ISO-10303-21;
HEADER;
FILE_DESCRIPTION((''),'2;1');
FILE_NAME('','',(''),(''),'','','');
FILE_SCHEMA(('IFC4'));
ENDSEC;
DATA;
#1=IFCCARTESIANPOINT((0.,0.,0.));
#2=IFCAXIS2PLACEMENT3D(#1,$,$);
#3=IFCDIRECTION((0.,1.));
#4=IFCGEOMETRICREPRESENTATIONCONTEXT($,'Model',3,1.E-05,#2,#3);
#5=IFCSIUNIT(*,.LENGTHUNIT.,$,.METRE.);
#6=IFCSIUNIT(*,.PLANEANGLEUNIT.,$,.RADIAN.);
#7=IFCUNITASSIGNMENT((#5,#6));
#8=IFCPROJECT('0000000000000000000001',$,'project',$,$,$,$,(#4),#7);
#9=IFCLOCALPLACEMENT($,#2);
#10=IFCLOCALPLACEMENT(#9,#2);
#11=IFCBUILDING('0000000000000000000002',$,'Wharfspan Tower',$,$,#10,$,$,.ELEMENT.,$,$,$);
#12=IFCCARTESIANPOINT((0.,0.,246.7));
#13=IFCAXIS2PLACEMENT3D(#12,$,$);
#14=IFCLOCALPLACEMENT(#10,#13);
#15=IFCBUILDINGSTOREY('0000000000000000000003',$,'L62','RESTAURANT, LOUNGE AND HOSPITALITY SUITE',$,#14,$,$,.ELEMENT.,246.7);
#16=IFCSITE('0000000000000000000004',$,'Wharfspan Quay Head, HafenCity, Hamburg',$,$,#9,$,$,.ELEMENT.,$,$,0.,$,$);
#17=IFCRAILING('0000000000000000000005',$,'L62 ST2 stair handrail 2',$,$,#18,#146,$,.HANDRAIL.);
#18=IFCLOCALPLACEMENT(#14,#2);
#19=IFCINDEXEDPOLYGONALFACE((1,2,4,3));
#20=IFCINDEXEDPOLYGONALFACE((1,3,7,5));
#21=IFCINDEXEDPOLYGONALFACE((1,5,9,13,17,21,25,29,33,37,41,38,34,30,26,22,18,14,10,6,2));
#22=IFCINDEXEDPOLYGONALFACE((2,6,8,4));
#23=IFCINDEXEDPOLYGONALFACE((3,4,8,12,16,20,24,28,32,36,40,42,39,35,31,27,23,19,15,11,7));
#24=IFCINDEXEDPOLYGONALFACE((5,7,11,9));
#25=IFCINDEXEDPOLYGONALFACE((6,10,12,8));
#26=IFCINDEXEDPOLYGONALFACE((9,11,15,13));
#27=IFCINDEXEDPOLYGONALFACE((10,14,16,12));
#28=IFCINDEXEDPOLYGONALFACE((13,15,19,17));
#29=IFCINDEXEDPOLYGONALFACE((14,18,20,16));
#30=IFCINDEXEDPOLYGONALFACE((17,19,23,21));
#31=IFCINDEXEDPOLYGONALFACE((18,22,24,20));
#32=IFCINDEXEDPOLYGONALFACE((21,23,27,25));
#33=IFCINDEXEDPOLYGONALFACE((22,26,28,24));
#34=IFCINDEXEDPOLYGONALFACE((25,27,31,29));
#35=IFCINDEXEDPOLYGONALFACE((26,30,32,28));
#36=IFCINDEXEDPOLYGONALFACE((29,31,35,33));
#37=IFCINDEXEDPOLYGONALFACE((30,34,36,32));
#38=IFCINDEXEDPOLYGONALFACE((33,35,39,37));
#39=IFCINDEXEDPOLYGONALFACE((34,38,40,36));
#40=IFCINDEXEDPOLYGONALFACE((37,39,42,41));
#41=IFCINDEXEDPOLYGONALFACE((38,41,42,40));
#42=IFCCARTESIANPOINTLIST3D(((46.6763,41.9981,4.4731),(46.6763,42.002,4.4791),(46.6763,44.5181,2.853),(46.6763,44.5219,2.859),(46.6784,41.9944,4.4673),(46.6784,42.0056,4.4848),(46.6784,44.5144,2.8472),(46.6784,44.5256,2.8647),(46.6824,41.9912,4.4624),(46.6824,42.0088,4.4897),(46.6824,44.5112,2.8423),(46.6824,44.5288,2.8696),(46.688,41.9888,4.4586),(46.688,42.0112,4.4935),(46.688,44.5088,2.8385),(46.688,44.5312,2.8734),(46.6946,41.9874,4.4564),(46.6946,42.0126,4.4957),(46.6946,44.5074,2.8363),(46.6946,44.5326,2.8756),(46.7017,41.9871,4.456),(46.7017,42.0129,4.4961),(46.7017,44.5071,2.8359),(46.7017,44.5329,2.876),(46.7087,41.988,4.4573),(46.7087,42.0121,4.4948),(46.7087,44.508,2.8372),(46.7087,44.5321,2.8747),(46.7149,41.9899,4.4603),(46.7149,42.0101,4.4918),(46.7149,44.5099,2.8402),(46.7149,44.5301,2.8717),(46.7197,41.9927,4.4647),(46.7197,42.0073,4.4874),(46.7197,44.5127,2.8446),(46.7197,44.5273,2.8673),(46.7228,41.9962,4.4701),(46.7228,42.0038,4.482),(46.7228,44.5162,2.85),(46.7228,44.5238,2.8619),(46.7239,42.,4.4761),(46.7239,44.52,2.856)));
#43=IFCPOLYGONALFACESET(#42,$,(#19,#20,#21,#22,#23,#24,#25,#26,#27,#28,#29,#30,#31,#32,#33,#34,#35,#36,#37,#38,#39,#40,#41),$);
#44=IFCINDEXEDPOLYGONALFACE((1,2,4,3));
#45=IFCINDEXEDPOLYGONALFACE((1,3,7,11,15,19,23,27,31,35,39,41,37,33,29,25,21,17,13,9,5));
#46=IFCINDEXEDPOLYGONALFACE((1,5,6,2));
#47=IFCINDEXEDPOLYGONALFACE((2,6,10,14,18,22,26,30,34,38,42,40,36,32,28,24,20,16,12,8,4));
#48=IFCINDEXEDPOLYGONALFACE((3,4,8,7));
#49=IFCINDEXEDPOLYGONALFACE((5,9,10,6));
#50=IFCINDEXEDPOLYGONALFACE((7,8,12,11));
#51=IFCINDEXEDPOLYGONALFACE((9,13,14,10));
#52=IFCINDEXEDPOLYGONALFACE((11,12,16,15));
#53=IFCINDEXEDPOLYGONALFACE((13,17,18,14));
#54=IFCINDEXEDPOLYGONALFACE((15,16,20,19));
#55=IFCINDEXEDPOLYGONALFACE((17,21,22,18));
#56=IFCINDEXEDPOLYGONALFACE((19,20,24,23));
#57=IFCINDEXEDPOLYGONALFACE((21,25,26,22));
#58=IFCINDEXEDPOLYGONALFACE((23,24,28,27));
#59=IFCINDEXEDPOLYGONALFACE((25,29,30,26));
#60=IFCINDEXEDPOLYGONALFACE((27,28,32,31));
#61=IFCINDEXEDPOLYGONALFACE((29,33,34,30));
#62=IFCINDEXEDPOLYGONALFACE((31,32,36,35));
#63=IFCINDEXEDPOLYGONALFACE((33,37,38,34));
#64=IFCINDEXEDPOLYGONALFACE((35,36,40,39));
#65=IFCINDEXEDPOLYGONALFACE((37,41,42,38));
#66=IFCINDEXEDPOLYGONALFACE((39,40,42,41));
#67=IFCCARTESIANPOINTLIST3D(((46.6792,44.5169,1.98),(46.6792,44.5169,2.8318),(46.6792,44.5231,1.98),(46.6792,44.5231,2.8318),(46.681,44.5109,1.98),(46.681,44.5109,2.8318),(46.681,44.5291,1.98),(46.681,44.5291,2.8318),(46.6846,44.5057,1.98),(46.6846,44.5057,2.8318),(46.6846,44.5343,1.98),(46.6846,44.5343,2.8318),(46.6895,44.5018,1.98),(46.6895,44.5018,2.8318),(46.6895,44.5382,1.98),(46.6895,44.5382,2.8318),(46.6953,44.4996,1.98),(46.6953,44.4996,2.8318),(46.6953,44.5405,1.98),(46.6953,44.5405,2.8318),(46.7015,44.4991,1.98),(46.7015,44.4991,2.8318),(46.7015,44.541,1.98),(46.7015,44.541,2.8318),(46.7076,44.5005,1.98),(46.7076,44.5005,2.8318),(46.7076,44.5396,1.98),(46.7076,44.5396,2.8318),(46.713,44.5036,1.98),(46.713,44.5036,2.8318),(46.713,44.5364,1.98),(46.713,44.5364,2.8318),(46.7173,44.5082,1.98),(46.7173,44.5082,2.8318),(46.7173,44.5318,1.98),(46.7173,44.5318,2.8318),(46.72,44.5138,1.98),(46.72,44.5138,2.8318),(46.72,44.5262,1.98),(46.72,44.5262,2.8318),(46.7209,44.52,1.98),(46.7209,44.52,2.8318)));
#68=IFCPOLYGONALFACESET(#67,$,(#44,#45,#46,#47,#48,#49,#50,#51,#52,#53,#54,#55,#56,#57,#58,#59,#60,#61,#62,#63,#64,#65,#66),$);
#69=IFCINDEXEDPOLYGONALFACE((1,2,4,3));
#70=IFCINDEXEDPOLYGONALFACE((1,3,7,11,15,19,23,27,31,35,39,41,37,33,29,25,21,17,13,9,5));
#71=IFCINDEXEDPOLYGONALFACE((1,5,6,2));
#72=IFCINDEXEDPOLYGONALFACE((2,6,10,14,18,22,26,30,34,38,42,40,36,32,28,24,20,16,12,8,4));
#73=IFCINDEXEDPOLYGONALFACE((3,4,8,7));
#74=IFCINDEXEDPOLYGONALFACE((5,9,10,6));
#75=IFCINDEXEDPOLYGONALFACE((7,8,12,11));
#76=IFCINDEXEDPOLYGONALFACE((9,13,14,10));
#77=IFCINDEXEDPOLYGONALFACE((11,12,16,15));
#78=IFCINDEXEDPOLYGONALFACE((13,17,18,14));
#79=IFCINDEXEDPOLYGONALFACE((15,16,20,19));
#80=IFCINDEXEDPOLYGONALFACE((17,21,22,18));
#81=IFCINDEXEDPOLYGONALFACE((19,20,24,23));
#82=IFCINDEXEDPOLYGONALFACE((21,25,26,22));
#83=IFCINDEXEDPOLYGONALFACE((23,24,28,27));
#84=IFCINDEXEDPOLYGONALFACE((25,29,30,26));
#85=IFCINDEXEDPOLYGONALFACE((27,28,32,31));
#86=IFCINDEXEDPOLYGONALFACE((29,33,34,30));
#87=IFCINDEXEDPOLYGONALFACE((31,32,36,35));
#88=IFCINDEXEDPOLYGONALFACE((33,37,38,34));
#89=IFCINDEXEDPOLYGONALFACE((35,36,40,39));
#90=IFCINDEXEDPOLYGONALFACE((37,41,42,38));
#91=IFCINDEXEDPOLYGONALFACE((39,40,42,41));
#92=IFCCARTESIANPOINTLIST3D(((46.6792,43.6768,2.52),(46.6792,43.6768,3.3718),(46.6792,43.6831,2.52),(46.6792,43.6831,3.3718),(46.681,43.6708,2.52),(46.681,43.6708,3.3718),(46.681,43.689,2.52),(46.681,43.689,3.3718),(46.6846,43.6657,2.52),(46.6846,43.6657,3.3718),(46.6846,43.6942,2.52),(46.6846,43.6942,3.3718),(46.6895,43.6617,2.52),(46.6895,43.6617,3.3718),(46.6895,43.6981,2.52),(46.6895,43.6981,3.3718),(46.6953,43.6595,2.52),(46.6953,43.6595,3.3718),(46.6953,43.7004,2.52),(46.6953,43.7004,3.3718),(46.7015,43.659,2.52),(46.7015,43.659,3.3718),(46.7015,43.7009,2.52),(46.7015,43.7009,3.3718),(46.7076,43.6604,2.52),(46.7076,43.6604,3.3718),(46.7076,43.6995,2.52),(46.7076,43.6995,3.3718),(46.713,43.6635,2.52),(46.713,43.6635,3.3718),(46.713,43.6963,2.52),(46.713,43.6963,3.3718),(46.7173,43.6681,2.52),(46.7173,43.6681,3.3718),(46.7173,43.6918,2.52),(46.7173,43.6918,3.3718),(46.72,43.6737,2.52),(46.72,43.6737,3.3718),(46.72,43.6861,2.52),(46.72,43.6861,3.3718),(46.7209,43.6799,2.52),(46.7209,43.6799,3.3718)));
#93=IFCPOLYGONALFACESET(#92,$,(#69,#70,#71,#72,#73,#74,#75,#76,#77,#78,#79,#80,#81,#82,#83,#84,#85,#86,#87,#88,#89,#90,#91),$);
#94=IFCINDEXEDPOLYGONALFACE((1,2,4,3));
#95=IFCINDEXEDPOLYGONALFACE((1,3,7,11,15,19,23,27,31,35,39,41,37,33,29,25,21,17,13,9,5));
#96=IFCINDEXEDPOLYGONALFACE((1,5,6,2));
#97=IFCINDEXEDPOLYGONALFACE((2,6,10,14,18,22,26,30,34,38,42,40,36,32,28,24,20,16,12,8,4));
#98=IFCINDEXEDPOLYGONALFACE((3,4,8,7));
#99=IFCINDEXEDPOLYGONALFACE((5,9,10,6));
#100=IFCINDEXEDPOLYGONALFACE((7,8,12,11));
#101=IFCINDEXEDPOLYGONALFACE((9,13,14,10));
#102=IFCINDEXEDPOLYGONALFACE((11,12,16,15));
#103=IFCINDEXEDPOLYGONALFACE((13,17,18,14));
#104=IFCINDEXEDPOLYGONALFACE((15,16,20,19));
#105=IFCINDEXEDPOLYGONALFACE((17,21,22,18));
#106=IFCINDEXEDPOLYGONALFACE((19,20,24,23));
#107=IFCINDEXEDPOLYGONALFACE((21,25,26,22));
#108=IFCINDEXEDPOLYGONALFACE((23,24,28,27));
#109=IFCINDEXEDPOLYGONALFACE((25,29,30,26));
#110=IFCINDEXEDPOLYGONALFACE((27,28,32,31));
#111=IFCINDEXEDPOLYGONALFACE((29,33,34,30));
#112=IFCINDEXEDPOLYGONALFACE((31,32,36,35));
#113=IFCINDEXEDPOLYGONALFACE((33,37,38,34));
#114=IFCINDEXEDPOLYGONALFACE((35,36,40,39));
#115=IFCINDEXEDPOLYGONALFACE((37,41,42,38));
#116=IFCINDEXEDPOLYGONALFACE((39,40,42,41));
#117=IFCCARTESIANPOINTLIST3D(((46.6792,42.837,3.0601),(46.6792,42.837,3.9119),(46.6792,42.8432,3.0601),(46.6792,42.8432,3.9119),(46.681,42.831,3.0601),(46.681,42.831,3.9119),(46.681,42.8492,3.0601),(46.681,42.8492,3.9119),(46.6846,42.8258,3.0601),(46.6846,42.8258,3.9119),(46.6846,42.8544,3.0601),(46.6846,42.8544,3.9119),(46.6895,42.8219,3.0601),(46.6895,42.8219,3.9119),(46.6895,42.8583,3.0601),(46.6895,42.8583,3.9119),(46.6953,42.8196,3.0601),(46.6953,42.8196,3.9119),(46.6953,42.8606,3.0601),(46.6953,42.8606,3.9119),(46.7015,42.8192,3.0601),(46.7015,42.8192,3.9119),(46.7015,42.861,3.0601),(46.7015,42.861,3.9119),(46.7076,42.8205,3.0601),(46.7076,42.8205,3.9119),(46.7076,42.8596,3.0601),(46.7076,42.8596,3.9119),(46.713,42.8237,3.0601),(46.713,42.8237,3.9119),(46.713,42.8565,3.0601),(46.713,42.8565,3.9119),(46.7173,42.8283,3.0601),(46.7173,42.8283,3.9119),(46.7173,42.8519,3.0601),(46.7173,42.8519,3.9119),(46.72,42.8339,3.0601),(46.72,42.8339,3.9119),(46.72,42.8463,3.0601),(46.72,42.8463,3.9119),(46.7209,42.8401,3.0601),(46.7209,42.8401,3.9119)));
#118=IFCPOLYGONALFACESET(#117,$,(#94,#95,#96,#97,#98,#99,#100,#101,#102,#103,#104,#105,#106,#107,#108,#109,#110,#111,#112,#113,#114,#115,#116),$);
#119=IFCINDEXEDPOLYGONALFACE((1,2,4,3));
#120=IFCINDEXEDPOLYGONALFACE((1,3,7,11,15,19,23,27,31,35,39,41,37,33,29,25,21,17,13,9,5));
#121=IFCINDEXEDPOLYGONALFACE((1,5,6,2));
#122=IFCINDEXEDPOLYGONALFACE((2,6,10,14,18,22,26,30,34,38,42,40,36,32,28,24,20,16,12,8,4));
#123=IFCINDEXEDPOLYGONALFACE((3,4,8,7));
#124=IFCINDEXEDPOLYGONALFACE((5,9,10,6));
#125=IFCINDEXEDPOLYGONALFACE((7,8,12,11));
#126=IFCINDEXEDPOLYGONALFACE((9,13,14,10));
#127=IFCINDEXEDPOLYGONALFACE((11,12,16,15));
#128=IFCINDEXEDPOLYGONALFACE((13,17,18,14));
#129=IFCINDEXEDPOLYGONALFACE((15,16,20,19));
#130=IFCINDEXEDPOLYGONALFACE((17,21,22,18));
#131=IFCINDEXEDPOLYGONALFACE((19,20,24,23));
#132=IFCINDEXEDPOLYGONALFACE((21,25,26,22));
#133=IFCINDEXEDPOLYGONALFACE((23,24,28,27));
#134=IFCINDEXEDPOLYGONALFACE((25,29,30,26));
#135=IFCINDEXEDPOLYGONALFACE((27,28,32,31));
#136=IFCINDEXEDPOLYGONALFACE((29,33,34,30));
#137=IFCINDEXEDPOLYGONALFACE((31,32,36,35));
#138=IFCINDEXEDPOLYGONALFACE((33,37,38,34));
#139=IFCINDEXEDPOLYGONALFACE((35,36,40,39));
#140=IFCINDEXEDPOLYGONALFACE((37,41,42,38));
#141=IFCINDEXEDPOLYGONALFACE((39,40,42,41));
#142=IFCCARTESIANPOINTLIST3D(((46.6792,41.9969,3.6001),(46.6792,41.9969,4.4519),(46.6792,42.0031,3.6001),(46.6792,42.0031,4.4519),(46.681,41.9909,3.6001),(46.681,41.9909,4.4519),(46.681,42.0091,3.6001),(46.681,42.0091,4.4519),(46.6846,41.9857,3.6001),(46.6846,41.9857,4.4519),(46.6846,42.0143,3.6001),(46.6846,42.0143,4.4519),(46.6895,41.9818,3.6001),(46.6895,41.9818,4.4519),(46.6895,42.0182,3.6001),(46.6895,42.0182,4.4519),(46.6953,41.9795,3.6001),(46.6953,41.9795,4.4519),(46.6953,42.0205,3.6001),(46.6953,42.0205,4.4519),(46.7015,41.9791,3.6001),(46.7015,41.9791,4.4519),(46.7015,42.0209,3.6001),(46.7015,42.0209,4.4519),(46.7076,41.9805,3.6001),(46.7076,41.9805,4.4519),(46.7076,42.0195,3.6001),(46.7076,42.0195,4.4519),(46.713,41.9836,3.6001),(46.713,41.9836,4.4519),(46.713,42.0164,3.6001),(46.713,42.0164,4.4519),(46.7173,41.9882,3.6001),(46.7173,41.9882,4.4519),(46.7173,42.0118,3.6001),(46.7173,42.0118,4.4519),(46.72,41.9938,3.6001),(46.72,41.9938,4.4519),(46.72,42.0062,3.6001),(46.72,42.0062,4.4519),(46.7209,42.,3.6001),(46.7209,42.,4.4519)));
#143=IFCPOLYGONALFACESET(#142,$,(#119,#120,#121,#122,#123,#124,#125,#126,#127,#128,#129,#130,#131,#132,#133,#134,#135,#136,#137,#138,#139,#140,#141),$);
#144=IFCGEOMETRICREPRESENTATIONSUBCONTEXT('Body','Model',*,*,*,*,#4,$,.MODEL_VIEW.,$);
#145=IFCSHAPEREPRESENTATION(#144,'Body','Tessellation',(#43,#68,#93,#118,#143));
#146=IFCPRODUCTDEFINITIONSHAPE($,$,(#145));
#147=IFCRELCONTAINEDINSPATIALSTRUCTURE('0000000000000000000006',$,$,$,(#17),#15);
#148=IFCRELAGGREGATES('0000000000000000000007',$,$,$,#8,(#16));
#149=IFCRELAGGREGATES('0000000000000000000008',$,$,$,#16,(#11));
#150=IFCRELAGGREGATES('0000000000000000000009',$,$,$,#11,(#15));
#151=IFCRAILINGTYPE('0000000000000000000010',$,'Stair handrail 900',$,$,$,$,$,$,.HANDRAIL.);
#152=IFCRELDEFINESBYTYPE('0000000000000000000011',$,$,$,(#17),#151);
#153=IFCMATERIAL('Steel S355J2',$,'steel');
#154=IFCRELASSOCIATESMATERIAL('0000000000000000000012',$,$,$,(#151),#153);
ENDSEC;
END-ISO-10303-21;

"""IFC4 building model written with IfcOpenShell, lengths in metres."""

from ifc_helpers import new_model, si_unit, direction, frame, origin, origin_2d, place, context, subcontext, project, spatial, circle, extrude, material, type_object, element, save


model = new_model("IFC4")

# Units and contexts
model_context = context("Model", 3, precision=1e-05, world=origin(), true_north=direction((0.0, 1.0)))
body_context = subcontext(model_context, "Body", "Model", "MODEL_VIEW")
ifc_project = project(units=[si_unit("LENGTHUNIT", "METRE"), si_unit("PLANEANGLEUNIT", "RADIAN")], contexts=[model_context])

# Site, building, storey
site_placement = place(None, origin())
site = spatial("IfcSite", under=ifc_project, at=site_placement, Name="Wharfspan Quay Head, HafenCity, Hamburg", CompositionType="ELEMENT", RefElevation=0.0)
building_placement = place(site_placement, origin())
building = spatial("IfcBuilding", under=site, at=building_placement, Name="Wharfspan Tower", CompositionType="ELEMENT")
storey_placement = place(building_placement, frame((0.0, 0.0, 246.7)))
storey = spatial("IfcBuildingStorey", under=building, at=storey_placement, Name="L62", Description="RESTAURANT, LOUNGE AND HOSPITALITY SUITE", CompositionType="ELEMENT", Elevation=246.7)

# Shared definitions
ifc_material_1 = material(Name="Steel S355J2", Category="steel")

# Railing
railing_type_1 = type_object("IfcRailingType", Name="Stair handrail 900", PredefinedType="HANDRAIL", material=ifc_material_1)
railing_1_placement = place(storey_placement, frame((46.7, 44.52, 1.98)))
element("IfcRailing", 1, at=railing_1_placement, inside=storey, type_object=railing_type_1, Name="L62 ST2 stair handrail 2", PredefinedType="HANDRAIL", context=body_context, shape_type="SweptSolid", body=[
    extrude(circle(Radius=0.0239, at=origin_2d()), frame((0.0, 0.0, 0.876), z_axis=(0.0, -0.841163, 0.540782), x_axis=(1.0, 0.0, 0.0)), (0.0, 0.0, 1.0), 2.9958),
    extrude(circle(Radius=0.021, at=origin_2d()), origin(), (0.0, 0.0, 1.0), 0.8518),
    extrude(circle(Radius=0.021, at=origin_2d()), frame((0.0, -0.8401, 0.54)), (0.0, 0.0, 1.0), 0.8518),
    extrude(circle(Radius=0.021, at=origin_2d()), frame((0.0, -1.6799, 1.0801)), (0.0, 0.0, 1.0), 0.8518),
    extrude(circle(Radius=0.021, at=origin_2d()), frame((0.0, -2.52, 1.6201)), (0.0, 0.0, 1.0), 0.8518),
])

save(model, "model.ifc")
